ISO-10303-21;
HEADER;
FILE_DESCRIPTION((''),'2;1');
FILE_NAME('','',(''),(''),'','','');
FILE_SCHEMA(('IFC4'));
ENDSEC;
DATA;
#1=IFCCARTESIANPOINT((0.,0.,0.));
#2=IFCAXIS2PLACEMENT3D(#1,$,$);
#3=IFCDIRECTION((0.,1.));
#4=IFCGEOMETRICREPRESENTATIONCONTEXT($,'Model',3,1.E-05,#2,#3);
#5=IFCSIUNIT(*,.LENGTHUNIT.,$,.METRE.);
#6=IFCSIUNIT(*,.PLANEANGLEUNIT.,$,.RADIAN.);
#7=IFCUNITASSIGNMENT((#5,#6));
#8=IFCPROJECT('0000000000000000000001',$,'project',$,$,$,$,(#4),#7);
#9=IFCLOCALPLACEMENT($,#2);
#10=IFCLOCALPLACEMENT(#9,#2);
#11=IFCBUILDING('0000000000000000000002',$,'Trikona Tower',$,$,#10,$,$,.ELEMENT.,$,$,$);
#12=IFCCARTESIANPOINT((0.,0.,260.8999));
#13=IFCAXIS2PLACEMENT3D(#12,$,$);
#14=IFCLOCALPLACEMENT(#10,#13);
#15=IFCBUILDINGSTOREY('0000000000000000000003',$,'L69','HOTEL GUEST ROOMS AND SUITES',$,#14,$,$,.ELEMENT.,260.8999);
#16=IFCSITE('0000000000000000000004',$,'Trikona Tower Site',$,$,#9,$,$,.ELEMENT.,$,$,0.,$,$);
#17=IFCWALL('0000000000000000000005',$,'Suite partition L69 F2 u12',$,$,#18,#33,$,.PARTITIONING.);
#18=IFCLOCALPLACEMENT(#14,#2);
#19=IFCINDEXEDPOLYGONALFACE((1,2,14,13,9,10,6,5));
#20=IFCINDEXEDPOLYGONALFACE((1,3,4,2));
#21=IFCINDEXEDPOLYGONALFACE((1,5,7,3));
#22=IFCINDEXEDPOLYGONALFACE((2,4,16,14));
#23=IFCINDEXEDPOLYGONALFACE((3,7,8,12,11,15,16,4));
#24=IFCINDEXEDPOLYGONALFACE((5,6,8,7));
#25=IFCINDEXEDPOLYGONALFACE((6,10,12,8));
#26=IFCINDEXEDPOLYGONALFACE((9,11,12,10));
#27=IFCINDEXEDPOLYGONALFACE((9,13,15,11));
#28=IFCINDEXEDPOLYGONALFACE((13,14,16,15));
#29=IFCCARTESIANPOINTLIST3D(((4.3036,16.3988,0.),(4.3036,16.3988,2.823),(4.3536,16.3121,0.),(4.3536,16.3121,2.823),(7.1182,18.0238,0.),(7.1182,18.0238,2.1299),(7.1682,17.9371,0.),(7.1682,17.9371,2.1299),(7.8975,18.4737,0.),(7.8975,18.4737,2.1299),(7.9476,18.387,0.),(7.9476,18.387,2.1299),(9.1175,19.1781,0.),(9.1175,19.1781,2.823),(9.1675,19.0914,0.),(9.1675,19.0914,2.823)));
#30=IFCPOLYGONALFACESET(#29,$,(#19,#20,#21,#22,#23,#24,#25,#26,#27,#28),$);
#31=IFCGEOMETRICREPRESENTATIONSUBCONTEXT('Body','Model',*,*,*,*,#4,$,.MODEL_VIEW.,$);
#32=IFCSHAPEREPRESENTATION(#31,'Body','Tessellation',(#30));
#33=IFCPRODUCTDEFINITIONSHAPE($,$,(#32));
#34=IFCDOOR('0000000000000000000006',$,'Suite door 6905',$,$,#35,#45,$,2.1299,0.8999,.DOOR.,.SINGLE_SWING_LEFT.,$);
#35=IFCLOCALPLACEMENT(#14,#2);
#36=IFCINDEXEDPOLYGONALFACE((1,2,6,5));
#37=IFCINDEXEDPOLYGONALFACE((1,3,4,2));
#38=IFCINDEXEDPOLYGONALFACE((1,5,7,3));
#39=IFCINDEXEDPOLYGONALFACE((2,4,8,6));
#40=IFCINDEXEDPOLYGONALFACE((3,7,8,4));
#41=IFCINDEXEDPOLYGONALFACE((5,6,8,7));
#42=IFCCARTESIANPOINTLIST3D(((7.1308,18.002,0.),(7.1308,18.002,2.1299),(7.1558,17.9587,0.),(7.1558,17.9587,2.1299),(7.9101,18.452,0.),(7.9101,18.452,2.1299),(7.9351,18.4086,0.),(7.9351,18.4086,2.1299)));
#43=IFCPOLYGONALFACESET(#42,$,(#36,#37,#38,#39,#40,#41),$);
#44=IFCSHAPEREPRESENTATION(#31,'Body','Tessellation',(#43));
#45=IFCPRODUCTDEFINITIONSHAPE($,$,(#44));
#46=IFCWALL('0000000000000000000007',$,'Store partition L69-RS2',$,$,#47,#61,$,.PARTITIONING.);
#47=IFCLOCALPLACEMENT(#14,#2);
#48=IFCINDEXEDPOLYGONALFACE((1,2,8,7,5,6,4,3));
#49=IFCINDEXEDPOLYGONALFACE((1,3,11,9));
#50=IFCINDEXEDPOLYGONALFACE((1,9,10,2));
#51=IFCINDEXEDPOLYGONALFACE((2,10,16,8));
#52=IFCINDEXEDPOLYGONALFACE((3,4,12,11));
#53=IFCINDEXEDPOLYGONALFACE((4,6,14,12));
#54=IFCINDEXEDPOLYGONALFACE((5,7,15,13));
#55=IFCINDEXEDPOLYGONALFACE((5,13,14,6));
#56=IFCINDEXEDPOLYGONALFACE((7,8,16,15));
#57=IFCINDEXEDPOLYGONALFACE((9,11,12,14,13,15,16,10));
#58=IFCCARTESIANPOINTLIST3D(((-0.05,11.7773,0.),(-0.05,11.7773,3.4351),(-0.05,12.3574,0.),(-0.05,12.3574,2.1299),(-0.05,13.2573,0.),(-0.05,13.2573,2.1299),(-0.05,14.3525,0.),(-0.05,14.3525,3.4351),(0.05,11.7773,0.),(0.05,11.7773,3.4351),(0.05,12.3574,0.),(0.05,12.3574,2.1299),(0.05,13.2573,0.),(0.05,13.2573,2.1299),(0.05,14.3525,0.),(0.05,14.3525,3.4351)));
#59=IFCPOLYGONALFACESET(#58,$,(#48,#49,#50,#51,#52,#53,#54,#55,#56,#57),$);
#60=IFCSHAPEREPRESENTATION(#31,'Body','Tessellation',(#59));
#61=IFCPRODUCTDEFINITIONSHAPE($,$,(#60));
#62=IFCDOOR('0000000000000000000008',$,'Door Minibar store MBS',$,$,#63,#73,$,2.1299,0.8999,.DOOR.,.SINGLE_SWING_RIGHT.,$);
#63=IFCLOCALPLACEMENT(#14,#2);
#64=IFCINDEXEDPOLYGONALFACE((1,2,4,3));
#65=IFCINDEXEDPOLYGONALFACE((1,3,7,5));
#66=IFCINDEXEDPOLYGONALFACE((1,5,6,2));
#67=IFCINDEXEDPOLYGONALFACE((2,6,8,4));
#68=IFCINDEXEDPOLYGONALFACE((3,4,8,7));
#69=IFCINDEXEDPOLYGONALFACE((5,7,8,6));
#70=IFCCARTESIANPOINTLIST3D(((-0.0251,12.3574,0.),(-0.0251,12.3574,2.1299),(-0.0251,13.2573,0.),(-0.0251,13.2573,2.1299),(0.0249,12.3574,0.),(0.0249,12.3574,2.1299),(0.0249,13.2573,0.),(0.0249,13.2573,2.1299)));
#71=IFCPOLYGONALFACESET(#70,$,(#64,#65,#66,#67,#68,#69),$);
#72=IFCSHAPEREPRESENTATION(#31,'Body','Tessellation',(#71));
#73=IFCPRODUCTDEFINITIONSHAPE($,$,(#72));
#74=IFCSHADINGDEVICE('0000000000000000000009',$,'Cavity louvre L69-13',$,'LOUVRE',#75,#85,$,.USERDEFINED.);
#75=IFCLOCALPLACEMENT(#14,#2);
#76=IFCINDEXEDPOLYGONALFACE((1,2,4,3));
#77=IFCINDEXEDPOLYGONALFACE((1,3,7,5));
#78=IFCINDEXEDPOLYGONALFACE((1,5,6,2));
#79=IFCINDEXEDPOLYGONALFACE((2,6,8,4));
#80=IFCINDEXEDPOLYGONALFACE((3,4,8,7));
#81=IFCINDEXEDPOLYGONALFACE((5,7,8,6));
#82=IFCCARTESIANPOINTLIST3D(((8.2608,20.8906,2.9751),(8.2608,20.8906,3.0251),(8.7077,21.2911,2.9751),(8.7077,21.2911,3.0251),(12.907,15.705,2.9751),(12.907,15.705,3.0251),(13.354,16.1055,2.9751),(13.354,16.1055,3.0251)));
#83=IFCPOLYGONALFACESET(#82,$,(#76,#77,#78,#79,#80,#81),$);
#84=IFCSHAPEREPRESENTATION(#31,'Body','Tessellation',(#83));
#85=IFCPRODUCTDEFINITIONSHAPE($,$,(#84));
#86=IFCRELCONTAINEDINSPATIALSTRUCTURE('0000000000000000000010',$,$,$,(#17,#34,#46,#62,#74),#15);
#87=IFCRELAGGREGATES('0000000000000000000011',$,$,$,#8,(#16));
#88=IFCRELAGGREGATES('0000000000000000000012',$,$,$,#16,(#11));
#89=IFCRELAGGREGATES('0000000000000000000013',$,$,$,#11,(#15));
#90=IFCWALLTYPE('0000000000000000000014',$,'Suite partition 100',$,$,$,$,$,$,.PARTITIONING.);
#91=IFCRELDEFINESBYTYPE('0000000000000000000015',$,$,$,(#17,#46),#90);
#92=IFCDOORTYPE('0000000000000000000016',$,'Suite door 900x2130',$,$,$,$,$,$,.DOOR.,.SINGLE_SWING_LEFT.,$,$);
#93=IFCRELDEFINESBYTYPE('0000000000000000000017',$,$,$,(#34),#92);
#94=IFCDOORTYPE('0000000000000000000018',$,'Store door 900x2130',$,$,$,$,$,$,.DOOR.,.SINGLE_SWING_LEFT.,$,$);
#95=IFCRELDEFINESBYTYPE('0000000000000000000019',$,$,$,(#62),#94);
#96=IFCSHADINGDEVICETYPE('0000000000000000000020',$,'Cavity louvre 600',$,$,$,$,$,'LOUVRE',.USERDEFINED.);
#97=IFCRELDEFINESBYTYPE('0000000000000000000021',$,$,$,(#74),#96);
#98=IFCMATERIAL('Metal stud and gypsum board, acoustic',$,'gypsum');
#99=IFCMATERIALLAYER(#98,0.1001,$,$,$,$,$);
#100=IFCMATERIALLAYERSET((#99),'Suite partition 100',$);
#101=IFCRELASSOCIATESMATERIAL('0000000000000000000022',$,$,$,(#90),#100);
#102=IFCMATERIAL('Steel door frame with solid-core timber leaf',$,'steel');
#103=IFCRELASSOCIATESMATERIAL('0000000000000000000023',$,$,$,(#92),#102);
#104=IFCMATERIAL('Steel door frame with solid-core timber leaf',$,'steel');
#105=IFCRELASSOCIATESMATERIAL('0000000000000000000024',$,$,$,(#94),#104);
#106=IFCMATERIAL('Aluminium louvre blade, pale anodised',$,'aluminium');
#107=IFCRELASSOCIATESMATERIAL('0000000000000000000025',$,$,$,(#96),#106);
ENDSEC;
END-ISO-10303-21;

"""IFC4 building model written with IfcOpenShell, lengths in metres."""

from ifc_helpers import new_model, si_unit, direction, frame, frame_2d, origin, origin_2d, place, context, subcontext, project, spatial, rectangle, extrude, material, layer, layer_set, type_object, element, fill, save


model = new_model("IFC4")

# Units and contexts
model_context = context("Model", 3, precision=1e-05, world=origin(), true_north=direction((0.0, 1.0)))
body_context = subcontext(model_context, "Body", "Model", "MODEL_VIEW")
ifc_project = project(units=[si_unit("LENGTHUNIT", "METRE"), si_unit("PLANEANGLEUNIT", "RADIAN")], contexts=[model_context])

# Site, building, storey
site_placement = place(None, origin())
site = spatial("IfcSite", under=ifc_project, at=site_placement, Name="Trikona Tower Site", CompositionType="ELEMENT", RefElevation=0.0)
building_placement = place(site_placement, origin())
building = spatial("IfcBuilding", under=site, at=building_placement, Name="Trikona Tower", CompositionType="ELEMENT")
storey_placement = place(building_placement, frame((0.0, 0.0, 260.8999)))
storey = spatial("IfcBuildingStorey", under=building, at=storey_placement, Name="L69", Description="HOTEL GUEST ROOMS AND SUITES", CompositionType="ELEMENT", Elevation=260.8999)

# Walls, openings, doors
ifc_material_1 = material(Name="Metal stud and gypsum board, acoustic", Category="gypsum")
ifc_layer_1 = layer(ifc_material_1, 0.1001)
ifc_layer_set_1 = layer_set([ifc_layer_1], Name="Suite partition 100")
wall_type_1 = type_object("IfcWallType", Name="Suite partition 100", PredefinedType="PARTITIONING", material=ifc_layer_set_1)
wall_1_placement = place(storey_placement, frame((4.3286, 16.3555, 0.0), z_axis=(0.0, 0.0, 1.0), x_axis=(0.866029, 0.499994, 0.0)))
wall_1 = element("IfcWall", 1, at=wall_1_placement, inside=storey, type_object=wall_type_1, Name="Suite partition L69 F2 u12", PredefinedType="PARTITIONING", context=body_context, shape_type="SweptSolid", body=[
    extrude(rectangle(XDim=5.5586, YDim=0.1001, at=frame_2d((2.7793, 0.0))), origin(), (0.0, 0.0, 1.0), 2.823),
])
opening_1_placement = place(wall_1_placement, frame((3.25, 0.0, 0.0)))
opening_1 = element("IfcOpeningElement", 2, at=opening_1_placement, cuts=wall_1, PredefinedType="OPENING", context=body_context, shape_type="SweptSolid", body=[
    extrude(rectangle(XDim=0.8999, YDim=2.1299, at=frame_2d((0.45, 1.0649))), frame((0.0, 0.0601, 0.0), z_axis=(0.0, -1.0, 0.0), x_axis=(1.0, 0.0, 0.0)), (0.0, 0.0, 1.0), 0.1201),
])
ifc_material_2 = material(Name="Steel door frame with solid-core timber leaf", Category="steel")
door_type_1 = type_object("IfcDoorType", Name="Suite door 900x2130", OperationType="SINGLE_SWING_LEFT", PredefinedType="DOOR", material=ifc_material_2)
door_1_placement = place(opening_1_placement, origin())
door_1 = element("IfcDoor", 3, at=door_1_placement, inside=storey, type_object=door_type_1, Name="Suite door 6905", OperationType="SINGLE_SWING_LEFT", OverallHeight=2.1299, OverallWidth=0.8999, PredefinedType="DOOR", context=body_context, shape_type="SweptSolid", body=[
    extrude(rectangle(XDim=0.8999, YDim=2.1299, at=frame_2d((0.45, 1.0649))), frame((0.0, 0.0249, 0.0), z_axis=(0.0, -1.0, 0.0), x_axis=(1.0, 0.0, 0.0)), (0.0, 0.0, 1.0), 0.05),
])
fill(opening_1, door_1)
wall_2_placement = place(storey_placement, frame((0.0, 14.3525, 0.0), z_axis=(0.0, 0.0, 1.0), x_axis=(0.0, -1.0, 0.0)))
wall_2 = element("IfcWall", 4, at=wall_2_placement, inside=storey, type_object=wall_type_1, Name="Store partition L69-RS2", PredefinedType="PARTITIONING", context=body_context, shape_type="SweptSolid", body=[
    extrude(rectangle(XDim=2.5752, YDim=0.1001, at=frame_2d((1.2876, 0.0))), origin(), (0.0, 0.0, 1.0), 3.4351),
])
opening_2_placement = place(wall_2_placement, frame((1.0952, 0.0, 0.0)))
opening_2 = element("IfcOpeningElement", 5, at=opening_2_placement, cuts=wall_2, PredefinedType="OPENING", context=body_context, shape_type="SweptSolid", body=[
    extrude(rectangle(XDim=0.8999, YDim=2.1299, at=frame_2d((0.45, 1.0649))), frame((0.0, 0.0601, 0.0), z_axis=(0.0, -1.0, 0.0), x_axis=(1.0, 0.0, 0.0)), (0.0, 0.0, 1.0), 0.1201),
])
ifc_material_3 = material(Name="Steel door frame with solid-core timber leaf", Category="steel")
door_type_2 = type_object("IfcDoorType", Name="Store door 900x2130", OperationType="SINGLE_SWING_LEFT", PredefinedType="DOOR", material=ifc_material_3)
door_2_placement = place(opening_2_placement, origin())
door_2 = element("IfcDoor", 6, at=door_2_placement, inside=storey, type_object=door_type_2, Name="Door Minibar store MBS", OperationType="SINGLE_SWING_RIGHT", OverallHeight=2.1299, OverallWidth=0.8999, PredefinedType="DOOR", context=body_context, shape_type="SweptSolid", body=[
    extrude(rectangle(XDim=0.8999, YDim=2.1299, at=frame_2d((0.45, 1.0649))), frame((0.0, 0.0249, 0.0), z_axis=(0.0, -1.0, 0.0), x_axis=(1.0, 0.0, 0.0)), (0.0, 0.0, 1.0), 0.05),
])
fill(opening_2, door_2)

# Shading device
ifc_material_4 = material(Name="Aluminium louvre blade, pale anodised", Category="aluminium")
shading_device_type = type_object("IfcShadingDeviceType", Name="Cavity louvre 600", ElementType="LOUVRE", PredefinedType="USERDEFINED", material=ifc_material_4)
shading_device_placement = place(storey_placement, frame((10.8074, 18.498, 2.9751), z_axis=(0.0, 0.0, 1.0), x_axis=(-0.667311, 0.744779, 0.0)))
element("IfcShadingDevice", 7, at=shading_device_placement, inside=storey, type_object=shading_device_type, Name="Cavity louvre L69-13", ObjectType="LOUVRE", PredefinedType="USERDEFINED", context=body_context, shape_type="SweptSolid", body=[
    extrude(rectangle(XDim=6.9626, YDim=0.6001, at=origin_2d()), origin(), (0.0, 0.0, 1.0), 0.05),
])

save(model, "model.ifc")
